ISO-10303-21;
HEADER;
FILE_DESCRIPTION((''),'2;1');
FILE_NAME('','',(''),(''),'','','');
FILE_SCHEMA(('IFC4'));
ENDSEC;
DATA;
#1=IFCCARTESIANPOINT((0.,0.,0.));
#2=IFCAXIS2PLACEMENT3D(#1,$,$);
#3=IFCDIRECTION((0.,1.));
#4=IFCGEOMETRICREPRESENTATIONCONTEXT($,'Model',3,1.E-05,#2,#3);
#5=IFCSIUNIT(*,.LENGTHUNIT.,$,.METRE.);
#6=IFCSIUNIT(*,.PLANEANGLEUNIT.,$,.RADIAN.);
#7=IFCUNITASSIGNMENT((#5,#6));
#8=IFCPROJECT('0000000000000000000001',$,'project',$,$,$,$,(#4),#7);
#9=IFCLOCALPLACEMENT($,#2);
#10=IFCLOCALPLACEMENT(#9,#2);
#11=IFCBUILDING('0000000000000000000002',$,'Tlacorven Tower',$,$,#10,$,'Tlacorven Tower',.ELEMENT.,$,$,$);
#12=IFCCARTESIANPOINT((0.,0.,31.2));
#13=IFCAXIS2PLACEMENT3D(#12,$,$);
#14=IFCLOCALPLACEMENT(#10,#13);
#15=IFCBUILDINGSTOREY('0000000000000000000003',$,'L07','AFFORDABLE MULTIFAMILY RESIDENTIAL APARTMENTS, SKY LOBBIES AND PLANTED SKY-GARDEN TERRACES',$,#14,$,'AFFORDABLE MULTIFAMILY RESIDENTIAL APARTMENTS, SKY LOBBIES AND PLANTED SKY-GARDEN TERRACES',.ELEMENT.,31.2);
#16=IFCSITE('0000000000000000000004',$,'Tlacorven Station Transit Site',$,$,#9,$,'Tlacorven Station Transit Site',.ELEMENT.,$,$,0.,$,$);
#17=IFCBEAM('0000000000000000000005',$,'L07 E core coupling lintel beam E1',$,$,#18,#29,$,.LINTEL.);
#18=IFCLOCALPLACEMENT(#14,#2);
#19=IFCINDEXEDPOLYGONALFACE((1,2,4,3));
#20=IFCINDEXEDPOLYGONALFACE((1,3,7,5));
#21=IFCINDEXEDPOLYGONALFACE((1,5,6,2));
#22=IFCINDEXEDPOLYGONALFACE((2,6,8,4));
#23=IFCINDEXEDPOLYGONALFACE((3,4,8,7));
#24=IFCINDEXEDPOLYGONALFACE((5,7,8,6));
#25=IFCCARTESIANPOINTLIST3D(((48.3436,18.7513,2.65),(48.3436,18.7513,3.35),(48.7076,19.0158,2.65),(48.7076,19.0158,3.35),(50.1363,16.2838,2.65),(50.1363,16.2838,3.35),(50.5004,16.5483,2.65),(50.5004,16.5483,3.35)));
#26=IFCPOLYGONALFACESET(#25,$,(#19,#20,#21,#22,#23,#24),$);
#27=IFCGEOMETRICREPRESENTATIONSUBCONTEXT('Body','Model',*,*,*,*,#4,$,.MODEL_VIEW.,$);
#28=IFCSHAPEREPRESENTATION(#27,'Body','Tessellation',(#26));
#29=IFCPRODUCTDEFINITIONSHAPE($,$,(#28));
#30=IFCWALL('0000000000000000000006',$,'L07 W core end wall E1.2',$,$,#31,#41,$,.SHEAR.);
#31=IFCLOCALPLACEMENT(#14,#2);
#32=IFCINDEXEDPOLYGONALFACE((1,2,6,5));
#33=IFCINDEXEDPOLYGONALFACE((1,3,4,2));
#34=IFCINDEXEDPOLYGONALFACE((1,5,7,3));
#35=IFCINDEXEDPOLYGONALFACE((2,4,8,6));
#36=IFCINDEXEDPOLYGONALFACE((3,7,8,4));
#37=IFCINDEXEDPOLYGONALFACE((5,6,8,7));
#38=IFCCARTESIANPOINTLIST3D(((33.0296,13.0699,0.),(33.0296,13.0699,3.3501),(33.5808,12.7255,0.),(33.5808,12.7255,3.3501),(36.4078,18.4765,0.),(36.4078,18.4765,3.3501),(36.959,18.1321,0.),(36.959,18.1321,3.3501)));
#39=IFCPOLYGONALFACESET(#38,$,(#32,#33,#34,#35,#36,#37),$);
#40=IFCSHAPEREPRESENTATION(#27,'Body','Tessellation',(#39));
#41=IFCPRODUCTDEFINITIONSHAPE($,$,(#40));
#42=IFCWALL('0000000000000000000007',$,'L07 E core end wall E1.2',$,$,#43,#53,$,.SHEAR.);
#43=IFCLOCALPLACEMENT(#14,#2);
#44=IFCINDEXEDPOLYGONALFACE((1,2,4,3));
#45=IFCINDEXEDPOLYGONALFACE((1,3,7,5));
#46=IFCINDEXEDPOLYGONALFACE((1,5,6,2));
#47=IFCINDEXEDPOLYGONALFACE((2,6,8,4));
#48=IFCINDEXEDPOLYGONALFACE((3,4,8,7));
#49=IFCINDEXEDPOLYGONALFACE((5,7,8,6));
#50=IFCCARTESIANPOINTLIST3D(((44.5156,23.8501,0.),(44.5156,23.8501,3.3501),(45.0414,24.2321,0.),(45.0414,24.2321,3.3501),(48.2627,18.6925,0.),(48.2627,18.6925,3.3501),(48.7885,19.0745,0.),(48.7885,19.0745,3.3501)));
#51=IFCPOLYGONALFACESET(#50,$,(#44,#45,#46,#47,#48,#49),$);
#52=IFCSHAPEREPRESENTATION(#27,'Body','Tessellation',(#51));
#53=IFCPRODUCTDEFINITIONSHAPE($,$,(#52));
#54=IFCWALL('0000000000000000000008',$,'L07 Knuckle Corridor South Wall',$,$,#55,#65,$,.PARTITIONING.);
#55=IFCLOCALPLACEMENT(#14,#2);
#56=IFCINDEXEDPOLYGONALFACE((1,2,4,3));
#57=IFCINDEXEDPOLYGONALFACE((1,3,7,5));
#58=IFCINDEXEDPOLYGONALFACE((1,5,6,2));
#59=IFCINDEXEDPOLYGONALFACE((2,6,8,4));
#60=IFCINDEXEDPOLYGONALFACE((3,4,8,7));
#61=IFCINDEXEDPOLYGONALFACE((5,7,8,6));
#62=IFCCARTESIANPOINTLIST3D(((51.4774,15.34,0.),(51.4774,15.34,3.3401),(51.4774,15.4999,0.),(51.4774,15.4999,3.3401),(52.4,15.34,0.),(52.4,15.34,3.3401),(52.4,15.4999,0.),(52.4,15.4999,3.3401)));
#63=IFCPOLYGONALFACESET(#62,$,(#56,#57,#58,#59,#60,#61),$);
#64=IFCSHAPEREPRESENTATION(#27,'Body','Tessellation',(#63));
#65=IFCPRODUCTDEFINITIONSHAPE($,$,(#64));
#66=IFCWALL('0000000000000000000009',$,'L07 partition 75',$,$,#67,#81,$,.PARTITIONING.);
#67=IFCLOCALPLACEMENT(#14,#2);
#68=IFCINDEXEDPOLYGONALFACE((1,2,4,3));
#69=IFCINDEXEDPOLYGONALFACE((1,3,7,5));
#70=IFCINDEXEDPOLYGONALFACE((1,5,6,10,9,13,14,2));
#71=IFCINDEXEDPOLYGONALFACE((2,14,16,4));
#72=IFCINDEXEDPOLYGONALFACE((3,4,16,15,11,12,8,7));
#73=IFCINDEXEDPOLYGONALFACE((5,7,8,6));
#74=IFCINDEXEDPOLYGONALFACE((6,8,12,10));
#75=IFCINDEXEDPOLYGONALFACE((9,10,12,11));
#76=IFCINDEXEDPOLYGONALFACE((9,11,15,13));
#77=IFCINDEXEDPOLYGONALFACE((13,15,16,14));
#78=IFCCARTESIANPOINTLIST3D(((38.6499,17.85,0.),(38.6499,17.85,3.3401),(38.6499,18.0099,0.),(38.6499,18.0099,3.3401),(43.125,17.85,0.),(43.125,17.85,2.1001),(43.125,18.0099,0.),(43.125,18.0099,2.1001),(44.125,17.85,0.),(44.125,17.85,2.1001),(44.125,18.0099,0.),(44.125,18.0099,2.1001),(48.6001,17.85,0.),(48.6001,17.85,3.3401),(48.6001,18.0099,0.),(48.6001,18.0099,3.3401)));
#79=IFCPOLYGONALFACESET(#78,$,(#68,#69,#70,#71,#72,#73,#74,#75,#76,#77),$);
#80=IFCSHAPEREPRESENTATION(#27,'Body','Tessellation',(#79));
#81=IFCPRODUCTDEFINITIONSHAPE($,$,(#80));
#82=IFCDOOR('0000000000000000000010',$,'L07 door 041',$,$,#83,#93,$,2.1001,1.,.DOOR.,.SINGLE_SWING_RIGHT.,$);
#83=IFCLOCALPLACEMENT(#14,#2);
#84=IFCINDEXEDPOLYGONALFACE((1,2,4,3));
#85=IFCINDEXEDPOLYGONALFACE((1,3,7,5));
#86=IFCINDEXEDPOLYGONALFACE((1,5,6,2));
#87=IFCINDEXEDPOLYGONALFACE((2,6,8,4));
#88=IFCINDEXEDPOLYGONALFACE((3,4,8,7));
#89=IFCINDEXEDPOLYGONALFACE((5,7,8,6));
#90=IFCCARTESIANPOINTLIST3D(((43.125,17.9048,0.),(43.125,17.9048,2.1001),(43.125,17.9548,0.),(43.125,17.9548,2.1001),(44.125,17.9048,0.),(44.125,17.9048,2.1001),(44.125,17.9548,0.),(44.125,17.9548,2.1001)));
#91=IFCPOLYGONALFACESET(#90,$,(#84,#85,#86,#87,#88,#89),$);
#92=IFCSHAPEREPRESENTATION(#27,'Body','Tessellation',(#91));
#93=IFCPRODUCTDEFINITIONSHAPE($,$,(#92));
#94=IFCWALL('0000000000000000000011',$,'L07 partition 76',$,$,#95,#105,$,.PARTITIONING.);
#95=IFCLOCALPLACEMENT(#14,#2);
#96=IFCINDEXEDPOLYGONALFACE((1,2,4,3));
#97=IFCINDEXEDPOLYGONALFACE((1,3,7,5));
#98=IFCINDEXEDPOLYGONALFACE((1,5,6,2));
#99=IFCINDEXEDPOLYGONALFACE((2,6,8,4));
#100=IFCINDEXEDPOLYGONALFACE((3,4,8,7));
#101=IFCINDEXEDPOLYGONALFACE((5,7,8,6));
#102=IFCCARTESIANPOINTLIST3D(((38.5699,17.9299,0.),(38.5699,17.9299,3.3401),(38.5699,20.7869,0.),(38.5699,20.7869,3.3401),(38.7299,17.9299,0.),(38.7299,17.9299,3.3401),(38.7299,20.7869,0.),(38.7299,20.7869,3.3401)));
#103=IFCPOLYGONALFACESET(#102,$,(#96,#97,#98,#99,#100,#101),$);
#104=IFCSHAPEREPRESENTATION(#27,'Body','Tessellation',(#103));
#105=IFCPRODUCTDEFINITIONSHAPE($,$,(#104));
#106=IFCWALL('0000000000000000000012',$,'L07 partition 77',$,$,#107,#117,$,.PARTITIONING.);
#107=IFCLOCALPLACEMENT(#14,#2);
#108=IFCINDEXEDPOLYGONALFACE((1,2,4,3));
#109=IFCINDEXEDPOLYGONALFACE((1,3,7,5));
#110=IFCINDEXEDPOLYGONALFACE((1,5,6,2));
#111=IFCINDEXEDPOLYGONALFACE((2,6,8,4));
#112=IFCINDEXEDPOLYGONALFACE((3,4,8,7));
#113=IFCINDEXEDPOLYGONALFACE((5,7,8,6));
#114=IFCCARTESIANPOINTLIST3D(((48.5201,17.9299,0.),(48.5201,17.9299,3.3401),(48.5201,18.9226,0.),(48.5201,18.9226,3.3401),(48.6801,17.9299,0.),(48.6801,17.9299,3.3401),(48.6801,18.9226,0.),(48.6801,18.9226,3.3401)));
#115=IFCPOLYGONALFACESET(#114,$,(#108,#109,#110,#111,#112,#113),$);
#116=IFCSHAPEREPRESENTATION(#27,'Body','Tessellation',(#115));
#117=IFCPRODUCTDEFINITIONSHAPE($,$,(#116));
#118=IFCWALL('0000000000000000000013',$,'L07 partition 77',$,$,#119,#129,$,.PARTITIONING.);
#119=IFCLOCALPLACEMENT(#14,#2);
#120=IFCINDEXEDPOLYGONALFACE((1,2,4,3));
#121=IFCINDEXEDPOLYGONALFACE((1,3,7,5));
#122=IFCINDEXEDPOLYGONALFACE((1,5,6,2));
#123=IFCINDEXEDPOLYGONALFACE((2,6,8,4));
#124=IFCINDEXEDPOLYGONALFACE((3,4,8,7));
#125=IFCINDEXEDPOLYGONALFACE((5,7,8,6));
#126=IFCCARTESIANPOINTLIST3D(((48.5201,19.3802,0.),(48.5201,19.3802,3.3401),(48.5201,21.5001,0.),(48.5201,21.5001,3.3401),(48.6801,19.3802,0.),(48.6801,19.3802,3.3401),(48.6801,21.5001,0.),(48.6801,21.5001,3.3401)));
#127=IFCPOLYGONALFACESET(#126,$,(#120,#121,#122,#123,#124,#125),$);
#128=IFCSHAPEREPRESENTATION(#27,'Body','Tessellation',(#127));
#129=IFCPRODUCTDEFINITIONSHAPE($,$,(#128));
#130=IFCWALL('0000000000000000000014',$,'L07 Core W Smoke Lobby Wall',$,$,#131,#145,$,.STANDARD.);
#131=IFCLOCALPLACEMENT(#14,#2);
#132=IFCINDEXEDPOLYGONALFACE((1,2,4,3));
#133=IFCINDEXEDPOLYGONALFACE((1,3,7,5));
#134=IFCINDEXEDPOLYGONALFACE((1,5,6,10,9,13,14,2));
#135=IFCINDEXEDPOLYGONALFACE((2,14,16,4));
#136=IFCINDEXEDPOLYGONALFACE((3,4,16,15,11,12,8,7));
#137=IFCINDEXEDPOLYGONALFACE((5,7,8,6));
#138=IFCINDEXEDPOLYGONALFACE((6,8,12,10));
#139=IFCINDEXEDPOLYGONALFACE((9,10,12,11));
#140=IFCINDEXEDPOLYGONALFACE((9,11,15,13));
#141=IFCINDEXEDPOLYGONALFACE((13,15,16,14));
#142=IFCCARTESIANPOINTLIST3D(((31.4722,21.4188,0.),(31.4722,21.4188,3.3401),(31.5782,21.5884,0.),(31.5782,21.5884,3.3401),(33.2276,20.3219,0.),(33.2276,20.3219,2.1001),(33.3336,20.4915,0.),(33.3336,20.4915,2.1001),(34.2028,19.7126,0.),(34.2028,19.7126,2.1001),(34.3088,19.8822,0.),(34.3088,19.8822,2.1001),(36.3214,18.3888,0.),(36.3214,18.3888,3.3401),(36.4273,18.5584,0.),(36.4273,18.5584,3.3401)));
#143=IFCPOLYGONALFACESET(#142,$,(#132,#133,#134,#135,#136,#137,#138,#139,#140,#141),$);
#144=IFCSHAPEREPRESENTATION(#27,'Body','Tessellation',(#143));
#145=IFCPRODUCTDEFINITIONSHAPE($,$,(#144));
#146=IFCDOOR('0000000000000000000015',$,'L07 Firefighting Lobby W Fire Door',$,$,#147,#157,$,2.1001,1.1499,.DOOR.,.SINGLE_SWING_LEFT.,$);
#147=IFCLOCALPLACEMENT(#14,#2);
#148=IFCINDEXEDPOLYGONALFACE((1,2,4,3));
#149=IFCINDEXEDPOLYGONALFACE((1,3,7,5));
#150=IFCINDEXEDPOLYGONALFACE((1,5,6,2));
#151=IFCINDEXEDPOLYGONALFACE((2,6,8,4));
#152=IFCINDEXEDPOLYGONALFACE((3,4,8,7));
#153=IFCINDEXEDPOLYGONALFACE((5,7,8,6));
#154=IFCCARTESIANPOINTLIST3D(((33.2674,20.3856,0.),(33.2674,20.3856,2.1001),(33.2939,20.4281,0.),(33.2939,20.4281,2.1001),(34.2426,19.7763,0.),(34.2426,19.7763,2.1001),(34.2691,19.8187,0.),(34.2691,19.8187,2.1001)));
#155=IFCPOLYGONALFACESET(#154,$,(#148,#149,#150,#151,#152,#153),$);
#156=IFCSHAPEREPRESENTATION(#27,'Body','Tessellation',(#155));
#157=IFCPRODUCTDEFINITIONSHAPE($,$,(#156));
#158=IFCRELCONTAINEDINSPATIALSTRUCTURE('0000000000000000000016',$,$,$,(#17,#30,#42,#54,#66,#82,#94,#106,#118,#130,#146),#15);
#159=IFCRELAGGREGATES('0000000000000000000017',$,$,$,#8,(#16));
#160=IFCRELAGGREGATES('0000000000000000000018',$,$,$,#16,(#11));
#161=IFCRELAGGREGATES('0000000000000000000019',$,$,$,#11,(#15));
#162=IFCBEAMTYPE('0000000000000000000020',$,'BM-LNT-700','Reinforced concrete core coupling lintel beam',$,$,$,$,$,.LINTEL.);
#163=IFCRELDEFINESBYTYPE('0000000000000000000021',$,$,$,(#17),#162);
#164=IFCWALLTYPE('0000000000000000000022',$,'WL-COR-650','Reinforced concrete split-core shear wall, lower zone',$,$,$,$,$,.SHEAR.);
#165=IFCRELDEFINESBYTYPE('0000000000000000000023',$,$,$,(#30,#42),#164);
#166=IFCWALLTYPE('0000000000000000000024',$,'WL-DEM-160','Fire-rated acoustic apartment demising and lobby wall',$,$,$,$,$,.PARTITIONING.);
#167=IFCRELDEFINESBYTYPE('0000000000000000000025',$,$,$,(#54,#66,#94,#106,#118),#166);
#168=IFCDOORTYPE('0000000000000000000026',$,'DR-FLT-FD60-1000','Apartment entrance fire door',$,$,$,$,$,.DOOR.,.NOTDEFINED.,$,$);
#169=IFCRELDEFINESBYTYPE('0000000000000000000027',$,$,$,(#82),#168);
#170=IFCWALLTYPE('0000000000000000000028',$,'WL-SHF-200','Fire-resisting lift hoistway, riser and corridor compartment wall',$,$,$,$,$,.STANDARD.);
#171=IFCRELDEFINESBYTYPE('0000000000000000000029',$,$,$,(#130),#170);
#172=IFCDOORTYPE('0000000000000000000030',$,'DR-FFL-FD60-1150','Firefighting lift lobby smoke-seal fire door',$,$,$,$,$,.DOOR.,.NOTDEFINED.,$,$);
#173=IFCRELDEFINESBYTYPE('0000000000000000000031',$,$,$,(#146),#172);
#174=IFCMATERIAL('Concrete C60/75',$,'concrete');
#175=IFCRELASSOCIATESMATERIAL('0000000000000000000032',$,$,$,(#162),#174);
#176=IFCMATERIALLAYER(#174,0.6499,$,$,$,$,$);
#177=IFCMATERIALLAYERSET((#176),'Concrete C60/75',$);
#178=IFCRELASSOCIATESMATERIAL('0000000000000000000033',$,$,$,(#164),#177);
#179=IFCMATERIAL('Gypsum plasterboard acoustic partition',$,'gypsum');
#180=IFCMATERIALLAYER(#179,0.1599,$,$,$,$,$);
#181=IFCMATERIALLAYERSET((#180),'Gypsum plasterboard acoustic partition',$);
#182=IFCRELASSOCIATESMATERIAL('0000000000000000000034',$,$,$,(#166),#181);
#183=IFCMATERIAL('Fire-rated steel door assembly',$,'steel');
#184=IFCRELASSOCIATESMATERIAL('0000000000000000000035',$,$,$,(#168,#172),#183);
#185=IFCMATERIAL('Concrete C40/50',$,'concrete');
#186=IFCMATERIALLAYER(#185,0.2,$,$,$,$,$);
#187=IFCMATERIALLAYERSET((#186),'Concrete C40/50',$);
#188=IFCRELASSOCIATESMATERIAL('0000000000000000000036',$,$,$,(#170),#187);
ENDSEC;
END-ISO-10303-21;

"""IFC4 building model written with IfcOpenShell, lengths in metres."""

from ifc_helpers import new_model, si_unit, direction, frame, frame_2d, origin, origin_2d, place, context, subcontext, project, spatial, rectangle, extrude, source, transform, mapped, material, layer, layer_set, material_profile, profile_set, type_object, element, fill, save


model = new_model("IFC4")

# Units and contexts
model_context = context("Model", 3, precision=1e-05, world=origin(), true_north=direction((0.0, 1.0)))
body_context = subcontext(model_context, "Body", "Model", "MODEL_VIEW")
ifc_project = project(units=[si_unit("LENGTHUNIT", "METRE"), si_unit("PLANEANGLEUNIT", "RADIAN")], contexts=[model_context])

# Site, building, storey
site_placement = place(None, origin())
site = spatial("IfcSite", under=ifc_project, at=site_placement, Name="Tlacorven Station Transit Site", LongName="Tlacorven Station Transit Site", CompositionType="ELEMENT", RefElevation=0.0)
building_placement = place(site_placement, origin())
building = spatial("IfcBuilding", under=site, at=building_placement, Name="Tlacorven Tower", LongName="Tlacorven Tower", CompositionType="ELEMENT")
storey_placement = place(building_placement, frame((0.0, 0.0, 31.2)))
storey = spatial("IfcBuildingStorey", under=building, at=storey_placement, Name="L07", Description="AFFORDABLE MULTIFAMILY RESIDENTIAL APARTMENTS, SKY LOBBIES AND PLANTED SKY-GARDEN TERRACES", LongName="AFFORDABLE MULTIFAMILY RESIDENTIAL APARTMENTS, SKY LOBBIES AND PLANTED SKY-GARDEN TERRACES", CompositionType="ELEMENT", Elevation=31.2)

# Beam
ifc_material_1 = material(Name="Concrete C60/75", Category="concrete")
ifc_material_profile = material_profile(ifc_material_1, rectangle(XDim=0.45, YDim=0.7, at=origin_2d()), Name="RC 450X700")
ifc_profile_set = profile_set([ifc_material_profile], Name="Concrete C60/75")
beam_type = type_object("IfcBeamType", Name="BM-LNT-700", Description="Reinforced concrete core coupling lintel beam", PredefinedType="LINTEL", material=ifc_profile_set)
shared_shape_1 = source(origin(), body_context, "Body", "SweptSolid", [
    extrude(rectangle(XDim=0.45, YDim=0.7, at=origin_2d()), origin(), (0.0, 0.0, 1.0), 3.05),
])
beam_placement = place(storey_placement, frame((50.3184, 16.416, 3.0), z_axis=(-0.587777, 0.809023, 0.0), x_axis=(-0.809023, -0.587777, 0.0)))
element("IfcBeam", 1, at=beam_placement, inside=storey, type_object=beam_type, Name="L07 E core coupling lintel beam E1", PredefinedType="LINTEL", context=body_context, shape_type="MappedRepresentation", body=[
    mapped(shared_shape_1, transform((0.0, 0.0, 0.0), scale=1.0)),
])

# Walls
ifc_layer_1 = layer(ifc_material_1, 0.6499)
ifc_layer_set_1 = layer_set([ifc_layer_1], Name="Concrete C60/75")
wall_type_1 = type_object("IfcWallType", Name="WL-COR-650", Description="Reinforced concrete split-core shear wall, lower zone", PredefinedType="SHEAR", material=ifc_layer_set_1)
wall_1_placement = place(storey_placement, frame((36.6833, 18.3042, 0.0), z_axis=(0.0, 0.0, 1.0), x_axis=(-0.529899, -0.848061, 0.0)))
element("IfcWall", 2, at=wall_1_placement, inside=storey, type_object=wall_type_1, Name="L07 W core end wall E1.2", PredefinedType="SHEAR", context=body_context, shape_type="SweptSolid", body=[
    extrude(rectangle(XDim=6.3752, YDim=0.6499, at=frame_2d((3.1875, 0.0))), origin(), (0.0, 0.0, 1.0), 3.3501),
])
wall_2_placement = place(storey_placement, frame((48.5256, 18.8835, 0.0), z_axis=(0.0, 0.0, 1.0), x_axis=(-0.58778, 0.809021, 0.0)))
element("IfcWall", 3, at=wall_2_placement, inside=storey, type_object=wall_type_1, Name="L07 E core end wall E1.2", PredefinedType="SHEAR", context=body_context, shape_type="SweptSolid", body=[
    extrude(rectangle(XDim=6.375, YDim=0.6499, at=frame_2d((3.1875, 0.0))), origin(), (0.0, 0.0, 1.0), 3.3501),
])
ifc_material_2 = material(Name="Gypsum plasterboard acoustic partition", Category="gypsum")
ifc_layer_2 = layer(ifc_material_2, 0.1599)
ifc_layer_set_2 = layer_set([ifc_layer_2], Name="Gypsum plasterboard acoustic partition")
wall_type_2 = type_object("IfcWallType", Name="WL-DEM-160", Description="Fire-rated acoustic apartment demising and lobby wall", PredefinedType="PARTITIONING", material=ifc_layer_set_2)
wall_3_placement = place(storey_placement, frame((51.4773, 15.4199, 0.0), z_axis=(0.0, 0.0, 1.0), x_axis=(1.0, 0.0, 0.0)))
element("IfcWall", 4, at=wall_3_placement, inside=storey, type_object=wall_type_2, Name="L07 Knuckle Corridor South Wall", PredefinedType="PARTITIONING", context=body_context, shape_type="SweptSolid", body=[
    extrude(rectangle(XDim=0.9226, YDim=0.1599, at=frame_2d((0.4614, 0.0))), origin(), (0.0, 0.0, 1.0), 3.3401),
])

# Wall, opening, door
wall_4_placement = place(storey_placement, frame((38.6499, 17.9299, 0.0), z_axis=(0.0, 0.0, 1.0), x_axis=(1.0, 0.0, 0.0)))
wall_4 = element("IfcWall", 5, at=wall_4_placement, inside=storey, type_object=wall_type_2, Name="L07 partition 75", PredefinedType="PARTITIONING", context=body_context, shape_type="SweptSolid", body=[
    extrude(rectangle(XDim=9.9502, YDim=0.1599, at=frame_2d((4.9751, 0.0))), origin(), (0.0, 0.0, 1.0), 3.3401),
])
opening_1_placement = place(wall_4_placement, frame((4.4751, 0.0, 0.0)))
opening_1 = element("IfcOpeningElement", 6, at=opening_1_placement, cuts=wall_4, PredefinedType="OPENING", context=body_context, shape_type="SweptSolid", body=[
    extrude(rectangle(XDim=1.0, YDim=2.1001, at=frame_2d((0.5, 1.05))), frame((0.0, 0.0898, 0.0), z_axis=(0.0, -1.0, 0.0), x_axis=(1.0, 0.0, 0.0)), (0.0, 0.0, 1.0), 0.1799),
])
ifc_material_3 = material(Name="Fire-rated steel door assembly", Category="steel")
door_type_1 = type_object("IfcDoorType", Name="DR-FLT-FD60-1000", Description="Apartment entrance fire door", OperationType="NOTDEFINED", PredefinedType="DOOR", material=ifc_material_3)
shared_shape_2 = source(origin(), body_context, "Body", "SweptSolid", [
    extrude(rectangle(XDim=1.0, YDim=2.1001, at=frame_2d((0.5, 1.05))), frame((0.0, 0.0249, 0.0), z_axis=(0.0, -1.0, 0.0), x_axis=(1.0, 0.0, 0.0)), (0.0, 0.0, 1.0), 0.05),
])
door_1_placement = place(opening_1_placement, origin())
door_1 = element("IfcDoor", 7, at=door_1_placement, inside=storey, type_object=door_type_1, Name="L07 door 041", OperationType="SINGLE_SWING_RIGHT", OverallHeight=2.1001, OverallWidth=1.0, PredefinedType="DOOR", context=body_context, shape_type="MappedRepresentation", body=[
    mapped(shared_shape_2, transform((0.0, 0.0, 0.0), scale=1.0)),
])
fill(opening_1, door_1)

# Walls
wall_5_placement = place(storey_placement, frame((38.6499, 17.9299, 0.0), z_axis=(0.0, 0.0, 1.0), x_axis=(0.0, 1.0, 0.0)))
element("IfcWall", 8, at=wall_5_placement, inside=storey, type_object=wall_type_2, Name="L07 partition 76", PredefinedType="PARTITIONING", context=body_context, shape_type="SweptSolid", body=[
    extrude(rectangle(XDim=2.8569, YDim=0.1599, at=frame_2d((1.4285, 0.0))), origin(), (0.0, 0.0, 1.0), 3.3401),
])
wall_6_placement = place(storey_placement, frame((48.6001, 17.9299, 0.0), z_axis=(0.0, 0.0, 1.0), x_axis=(0.0, 1.0, 0.0)))
element("IfcWall", 9, at=wall_6_placement, inside=storey, type_object=wall_type_2, Name="L07 partition 77", PredefinedType="PARTITIONING", context=body_context, shape_type="SweptSolid", body=[
    extrude(rectangle(XDim=0.9927, YDim=0.1599, at=frame_2d((0.4963, 0.0))), origin(), (0.0, 0.0, 1.0), 3.3401),
])
wall_7_placement = place(storey_placement, frame((48.6001, 19.3801, 0.0), z_axis=(0.0, 0.0, 1.0), x_axis=(0.0, 1.0, 0.0)))
element("IfcWall", 10, at=wall_7_placement, inside=storey, type_object=wall_type_2, Name="L07 partition 77", PredefinedType="PARTITIONING", context=body_context, shape_type="SweptSolid", body=[
    extrude(rectangle(XDim=2.1199, YDim=0.1599, at=frame_2d((1.0601, 0.0))), origin(), (0.0, 0.0, 1.0), 3.3401),
])

# Wall, opening, door
ifc_material_4 = material(Name="Concrete C40/50", Category="concrete")
ifc_layer_3 = layer(ifc_material_4, 0.2)
ifc_layer_set_3 = layer_set([ifc_layer_3], Name="Concrete C40/50")
wall_type_3 = type_object("IfcWallType", Name="WL-SHF-200", Description="Fire-resisting lift hoistway, riser and corridor compartment wall", PredefinedType="STANDARD", material=ifc_layer_set_3)
wall_8_placement = place(storey_placement, frame((36.3743, 18.4736, 0.0), z_axis=(0.0, 0.0, 1.0), x_axis=(-0.848051, 0.529915, 0.0)))
wall_8 = element("IfcWall", 11, at=wall_8_placement, inside=storey, type_object=wall_type_3, Name="L07 Core W Smoke Lobby Wall", PredefinedType="STANDARD", context=body_context, shape_type="SweptSolid", body=[
    extrude(rectangle(XDim=5.718, YDim=0.2, at=frame_2d((2.8589, 0.0))), origin(), (0.0, 0.0, 1.0), 3.3401),
])
opening_2_placement = place(wall_8_placement, frame((2.498, 0.0, 0.0)))
opening_2 = element("IfcOpeningElement", 12, at=opening_2_placement, cuts=wall_8, PredefinedType="OPENING", context=body_context, shape_type="SweptSolid", body=[
    extrude(rectangle(XDim=1.1499, YDim=2.1001, at=frame_2d((0.575, 1.05))), frame((0.0, 0.1099, 0.0), z_axis=(0.0, -1.0, 0.0), x_axis=(1.0, 0.0, 0.0)), (0.0, 0.0, 1.0), 0.22),
])
door_type_2 = type_object("IfcDoorType", Name="DR-FFL-FD60-1150", Description="Firefighting lift lobby smoke-seal fire door", OperationType="NOTDEFINED", PredefinedType="DOOR", material=ifc_material_3)
shared_shape_3 = source(origin(), body_context, "Body", "SweptSolid", [
    extrude(rectangle(XDim=1.1499, YDim=2.1001, at=frame_2d((0.575, 1.05))), frame((0.0, 0.0249, 0.0), z_axis=(0.0, -1.0, 0.0), x_axis=(1.0, 0.0, 0.0)), (0.0, 0.0, 1.0), 0.05),
])
door_2_placement = place(opening_2_placement, origin())
door_2 = element("IfcDoor", 13, at=door_2_placement, inside=storey, type_object=door_type_2, Name="L07 Firefighting Lobby W Fire Door", OperationType="SINGLE_SWING_LEFT", OverallHeight=2.1001, OverallWidth=1.1499, PredefinedType="DOOR", context=body_context, shape_type="MappedRepresentation", body=[
    mapped(shared_shape_3, transform((0.0, 0.0, 0.0), scale=1.0)),
])
fill(opening_2, door_2)

save(model, "model.ifc")
